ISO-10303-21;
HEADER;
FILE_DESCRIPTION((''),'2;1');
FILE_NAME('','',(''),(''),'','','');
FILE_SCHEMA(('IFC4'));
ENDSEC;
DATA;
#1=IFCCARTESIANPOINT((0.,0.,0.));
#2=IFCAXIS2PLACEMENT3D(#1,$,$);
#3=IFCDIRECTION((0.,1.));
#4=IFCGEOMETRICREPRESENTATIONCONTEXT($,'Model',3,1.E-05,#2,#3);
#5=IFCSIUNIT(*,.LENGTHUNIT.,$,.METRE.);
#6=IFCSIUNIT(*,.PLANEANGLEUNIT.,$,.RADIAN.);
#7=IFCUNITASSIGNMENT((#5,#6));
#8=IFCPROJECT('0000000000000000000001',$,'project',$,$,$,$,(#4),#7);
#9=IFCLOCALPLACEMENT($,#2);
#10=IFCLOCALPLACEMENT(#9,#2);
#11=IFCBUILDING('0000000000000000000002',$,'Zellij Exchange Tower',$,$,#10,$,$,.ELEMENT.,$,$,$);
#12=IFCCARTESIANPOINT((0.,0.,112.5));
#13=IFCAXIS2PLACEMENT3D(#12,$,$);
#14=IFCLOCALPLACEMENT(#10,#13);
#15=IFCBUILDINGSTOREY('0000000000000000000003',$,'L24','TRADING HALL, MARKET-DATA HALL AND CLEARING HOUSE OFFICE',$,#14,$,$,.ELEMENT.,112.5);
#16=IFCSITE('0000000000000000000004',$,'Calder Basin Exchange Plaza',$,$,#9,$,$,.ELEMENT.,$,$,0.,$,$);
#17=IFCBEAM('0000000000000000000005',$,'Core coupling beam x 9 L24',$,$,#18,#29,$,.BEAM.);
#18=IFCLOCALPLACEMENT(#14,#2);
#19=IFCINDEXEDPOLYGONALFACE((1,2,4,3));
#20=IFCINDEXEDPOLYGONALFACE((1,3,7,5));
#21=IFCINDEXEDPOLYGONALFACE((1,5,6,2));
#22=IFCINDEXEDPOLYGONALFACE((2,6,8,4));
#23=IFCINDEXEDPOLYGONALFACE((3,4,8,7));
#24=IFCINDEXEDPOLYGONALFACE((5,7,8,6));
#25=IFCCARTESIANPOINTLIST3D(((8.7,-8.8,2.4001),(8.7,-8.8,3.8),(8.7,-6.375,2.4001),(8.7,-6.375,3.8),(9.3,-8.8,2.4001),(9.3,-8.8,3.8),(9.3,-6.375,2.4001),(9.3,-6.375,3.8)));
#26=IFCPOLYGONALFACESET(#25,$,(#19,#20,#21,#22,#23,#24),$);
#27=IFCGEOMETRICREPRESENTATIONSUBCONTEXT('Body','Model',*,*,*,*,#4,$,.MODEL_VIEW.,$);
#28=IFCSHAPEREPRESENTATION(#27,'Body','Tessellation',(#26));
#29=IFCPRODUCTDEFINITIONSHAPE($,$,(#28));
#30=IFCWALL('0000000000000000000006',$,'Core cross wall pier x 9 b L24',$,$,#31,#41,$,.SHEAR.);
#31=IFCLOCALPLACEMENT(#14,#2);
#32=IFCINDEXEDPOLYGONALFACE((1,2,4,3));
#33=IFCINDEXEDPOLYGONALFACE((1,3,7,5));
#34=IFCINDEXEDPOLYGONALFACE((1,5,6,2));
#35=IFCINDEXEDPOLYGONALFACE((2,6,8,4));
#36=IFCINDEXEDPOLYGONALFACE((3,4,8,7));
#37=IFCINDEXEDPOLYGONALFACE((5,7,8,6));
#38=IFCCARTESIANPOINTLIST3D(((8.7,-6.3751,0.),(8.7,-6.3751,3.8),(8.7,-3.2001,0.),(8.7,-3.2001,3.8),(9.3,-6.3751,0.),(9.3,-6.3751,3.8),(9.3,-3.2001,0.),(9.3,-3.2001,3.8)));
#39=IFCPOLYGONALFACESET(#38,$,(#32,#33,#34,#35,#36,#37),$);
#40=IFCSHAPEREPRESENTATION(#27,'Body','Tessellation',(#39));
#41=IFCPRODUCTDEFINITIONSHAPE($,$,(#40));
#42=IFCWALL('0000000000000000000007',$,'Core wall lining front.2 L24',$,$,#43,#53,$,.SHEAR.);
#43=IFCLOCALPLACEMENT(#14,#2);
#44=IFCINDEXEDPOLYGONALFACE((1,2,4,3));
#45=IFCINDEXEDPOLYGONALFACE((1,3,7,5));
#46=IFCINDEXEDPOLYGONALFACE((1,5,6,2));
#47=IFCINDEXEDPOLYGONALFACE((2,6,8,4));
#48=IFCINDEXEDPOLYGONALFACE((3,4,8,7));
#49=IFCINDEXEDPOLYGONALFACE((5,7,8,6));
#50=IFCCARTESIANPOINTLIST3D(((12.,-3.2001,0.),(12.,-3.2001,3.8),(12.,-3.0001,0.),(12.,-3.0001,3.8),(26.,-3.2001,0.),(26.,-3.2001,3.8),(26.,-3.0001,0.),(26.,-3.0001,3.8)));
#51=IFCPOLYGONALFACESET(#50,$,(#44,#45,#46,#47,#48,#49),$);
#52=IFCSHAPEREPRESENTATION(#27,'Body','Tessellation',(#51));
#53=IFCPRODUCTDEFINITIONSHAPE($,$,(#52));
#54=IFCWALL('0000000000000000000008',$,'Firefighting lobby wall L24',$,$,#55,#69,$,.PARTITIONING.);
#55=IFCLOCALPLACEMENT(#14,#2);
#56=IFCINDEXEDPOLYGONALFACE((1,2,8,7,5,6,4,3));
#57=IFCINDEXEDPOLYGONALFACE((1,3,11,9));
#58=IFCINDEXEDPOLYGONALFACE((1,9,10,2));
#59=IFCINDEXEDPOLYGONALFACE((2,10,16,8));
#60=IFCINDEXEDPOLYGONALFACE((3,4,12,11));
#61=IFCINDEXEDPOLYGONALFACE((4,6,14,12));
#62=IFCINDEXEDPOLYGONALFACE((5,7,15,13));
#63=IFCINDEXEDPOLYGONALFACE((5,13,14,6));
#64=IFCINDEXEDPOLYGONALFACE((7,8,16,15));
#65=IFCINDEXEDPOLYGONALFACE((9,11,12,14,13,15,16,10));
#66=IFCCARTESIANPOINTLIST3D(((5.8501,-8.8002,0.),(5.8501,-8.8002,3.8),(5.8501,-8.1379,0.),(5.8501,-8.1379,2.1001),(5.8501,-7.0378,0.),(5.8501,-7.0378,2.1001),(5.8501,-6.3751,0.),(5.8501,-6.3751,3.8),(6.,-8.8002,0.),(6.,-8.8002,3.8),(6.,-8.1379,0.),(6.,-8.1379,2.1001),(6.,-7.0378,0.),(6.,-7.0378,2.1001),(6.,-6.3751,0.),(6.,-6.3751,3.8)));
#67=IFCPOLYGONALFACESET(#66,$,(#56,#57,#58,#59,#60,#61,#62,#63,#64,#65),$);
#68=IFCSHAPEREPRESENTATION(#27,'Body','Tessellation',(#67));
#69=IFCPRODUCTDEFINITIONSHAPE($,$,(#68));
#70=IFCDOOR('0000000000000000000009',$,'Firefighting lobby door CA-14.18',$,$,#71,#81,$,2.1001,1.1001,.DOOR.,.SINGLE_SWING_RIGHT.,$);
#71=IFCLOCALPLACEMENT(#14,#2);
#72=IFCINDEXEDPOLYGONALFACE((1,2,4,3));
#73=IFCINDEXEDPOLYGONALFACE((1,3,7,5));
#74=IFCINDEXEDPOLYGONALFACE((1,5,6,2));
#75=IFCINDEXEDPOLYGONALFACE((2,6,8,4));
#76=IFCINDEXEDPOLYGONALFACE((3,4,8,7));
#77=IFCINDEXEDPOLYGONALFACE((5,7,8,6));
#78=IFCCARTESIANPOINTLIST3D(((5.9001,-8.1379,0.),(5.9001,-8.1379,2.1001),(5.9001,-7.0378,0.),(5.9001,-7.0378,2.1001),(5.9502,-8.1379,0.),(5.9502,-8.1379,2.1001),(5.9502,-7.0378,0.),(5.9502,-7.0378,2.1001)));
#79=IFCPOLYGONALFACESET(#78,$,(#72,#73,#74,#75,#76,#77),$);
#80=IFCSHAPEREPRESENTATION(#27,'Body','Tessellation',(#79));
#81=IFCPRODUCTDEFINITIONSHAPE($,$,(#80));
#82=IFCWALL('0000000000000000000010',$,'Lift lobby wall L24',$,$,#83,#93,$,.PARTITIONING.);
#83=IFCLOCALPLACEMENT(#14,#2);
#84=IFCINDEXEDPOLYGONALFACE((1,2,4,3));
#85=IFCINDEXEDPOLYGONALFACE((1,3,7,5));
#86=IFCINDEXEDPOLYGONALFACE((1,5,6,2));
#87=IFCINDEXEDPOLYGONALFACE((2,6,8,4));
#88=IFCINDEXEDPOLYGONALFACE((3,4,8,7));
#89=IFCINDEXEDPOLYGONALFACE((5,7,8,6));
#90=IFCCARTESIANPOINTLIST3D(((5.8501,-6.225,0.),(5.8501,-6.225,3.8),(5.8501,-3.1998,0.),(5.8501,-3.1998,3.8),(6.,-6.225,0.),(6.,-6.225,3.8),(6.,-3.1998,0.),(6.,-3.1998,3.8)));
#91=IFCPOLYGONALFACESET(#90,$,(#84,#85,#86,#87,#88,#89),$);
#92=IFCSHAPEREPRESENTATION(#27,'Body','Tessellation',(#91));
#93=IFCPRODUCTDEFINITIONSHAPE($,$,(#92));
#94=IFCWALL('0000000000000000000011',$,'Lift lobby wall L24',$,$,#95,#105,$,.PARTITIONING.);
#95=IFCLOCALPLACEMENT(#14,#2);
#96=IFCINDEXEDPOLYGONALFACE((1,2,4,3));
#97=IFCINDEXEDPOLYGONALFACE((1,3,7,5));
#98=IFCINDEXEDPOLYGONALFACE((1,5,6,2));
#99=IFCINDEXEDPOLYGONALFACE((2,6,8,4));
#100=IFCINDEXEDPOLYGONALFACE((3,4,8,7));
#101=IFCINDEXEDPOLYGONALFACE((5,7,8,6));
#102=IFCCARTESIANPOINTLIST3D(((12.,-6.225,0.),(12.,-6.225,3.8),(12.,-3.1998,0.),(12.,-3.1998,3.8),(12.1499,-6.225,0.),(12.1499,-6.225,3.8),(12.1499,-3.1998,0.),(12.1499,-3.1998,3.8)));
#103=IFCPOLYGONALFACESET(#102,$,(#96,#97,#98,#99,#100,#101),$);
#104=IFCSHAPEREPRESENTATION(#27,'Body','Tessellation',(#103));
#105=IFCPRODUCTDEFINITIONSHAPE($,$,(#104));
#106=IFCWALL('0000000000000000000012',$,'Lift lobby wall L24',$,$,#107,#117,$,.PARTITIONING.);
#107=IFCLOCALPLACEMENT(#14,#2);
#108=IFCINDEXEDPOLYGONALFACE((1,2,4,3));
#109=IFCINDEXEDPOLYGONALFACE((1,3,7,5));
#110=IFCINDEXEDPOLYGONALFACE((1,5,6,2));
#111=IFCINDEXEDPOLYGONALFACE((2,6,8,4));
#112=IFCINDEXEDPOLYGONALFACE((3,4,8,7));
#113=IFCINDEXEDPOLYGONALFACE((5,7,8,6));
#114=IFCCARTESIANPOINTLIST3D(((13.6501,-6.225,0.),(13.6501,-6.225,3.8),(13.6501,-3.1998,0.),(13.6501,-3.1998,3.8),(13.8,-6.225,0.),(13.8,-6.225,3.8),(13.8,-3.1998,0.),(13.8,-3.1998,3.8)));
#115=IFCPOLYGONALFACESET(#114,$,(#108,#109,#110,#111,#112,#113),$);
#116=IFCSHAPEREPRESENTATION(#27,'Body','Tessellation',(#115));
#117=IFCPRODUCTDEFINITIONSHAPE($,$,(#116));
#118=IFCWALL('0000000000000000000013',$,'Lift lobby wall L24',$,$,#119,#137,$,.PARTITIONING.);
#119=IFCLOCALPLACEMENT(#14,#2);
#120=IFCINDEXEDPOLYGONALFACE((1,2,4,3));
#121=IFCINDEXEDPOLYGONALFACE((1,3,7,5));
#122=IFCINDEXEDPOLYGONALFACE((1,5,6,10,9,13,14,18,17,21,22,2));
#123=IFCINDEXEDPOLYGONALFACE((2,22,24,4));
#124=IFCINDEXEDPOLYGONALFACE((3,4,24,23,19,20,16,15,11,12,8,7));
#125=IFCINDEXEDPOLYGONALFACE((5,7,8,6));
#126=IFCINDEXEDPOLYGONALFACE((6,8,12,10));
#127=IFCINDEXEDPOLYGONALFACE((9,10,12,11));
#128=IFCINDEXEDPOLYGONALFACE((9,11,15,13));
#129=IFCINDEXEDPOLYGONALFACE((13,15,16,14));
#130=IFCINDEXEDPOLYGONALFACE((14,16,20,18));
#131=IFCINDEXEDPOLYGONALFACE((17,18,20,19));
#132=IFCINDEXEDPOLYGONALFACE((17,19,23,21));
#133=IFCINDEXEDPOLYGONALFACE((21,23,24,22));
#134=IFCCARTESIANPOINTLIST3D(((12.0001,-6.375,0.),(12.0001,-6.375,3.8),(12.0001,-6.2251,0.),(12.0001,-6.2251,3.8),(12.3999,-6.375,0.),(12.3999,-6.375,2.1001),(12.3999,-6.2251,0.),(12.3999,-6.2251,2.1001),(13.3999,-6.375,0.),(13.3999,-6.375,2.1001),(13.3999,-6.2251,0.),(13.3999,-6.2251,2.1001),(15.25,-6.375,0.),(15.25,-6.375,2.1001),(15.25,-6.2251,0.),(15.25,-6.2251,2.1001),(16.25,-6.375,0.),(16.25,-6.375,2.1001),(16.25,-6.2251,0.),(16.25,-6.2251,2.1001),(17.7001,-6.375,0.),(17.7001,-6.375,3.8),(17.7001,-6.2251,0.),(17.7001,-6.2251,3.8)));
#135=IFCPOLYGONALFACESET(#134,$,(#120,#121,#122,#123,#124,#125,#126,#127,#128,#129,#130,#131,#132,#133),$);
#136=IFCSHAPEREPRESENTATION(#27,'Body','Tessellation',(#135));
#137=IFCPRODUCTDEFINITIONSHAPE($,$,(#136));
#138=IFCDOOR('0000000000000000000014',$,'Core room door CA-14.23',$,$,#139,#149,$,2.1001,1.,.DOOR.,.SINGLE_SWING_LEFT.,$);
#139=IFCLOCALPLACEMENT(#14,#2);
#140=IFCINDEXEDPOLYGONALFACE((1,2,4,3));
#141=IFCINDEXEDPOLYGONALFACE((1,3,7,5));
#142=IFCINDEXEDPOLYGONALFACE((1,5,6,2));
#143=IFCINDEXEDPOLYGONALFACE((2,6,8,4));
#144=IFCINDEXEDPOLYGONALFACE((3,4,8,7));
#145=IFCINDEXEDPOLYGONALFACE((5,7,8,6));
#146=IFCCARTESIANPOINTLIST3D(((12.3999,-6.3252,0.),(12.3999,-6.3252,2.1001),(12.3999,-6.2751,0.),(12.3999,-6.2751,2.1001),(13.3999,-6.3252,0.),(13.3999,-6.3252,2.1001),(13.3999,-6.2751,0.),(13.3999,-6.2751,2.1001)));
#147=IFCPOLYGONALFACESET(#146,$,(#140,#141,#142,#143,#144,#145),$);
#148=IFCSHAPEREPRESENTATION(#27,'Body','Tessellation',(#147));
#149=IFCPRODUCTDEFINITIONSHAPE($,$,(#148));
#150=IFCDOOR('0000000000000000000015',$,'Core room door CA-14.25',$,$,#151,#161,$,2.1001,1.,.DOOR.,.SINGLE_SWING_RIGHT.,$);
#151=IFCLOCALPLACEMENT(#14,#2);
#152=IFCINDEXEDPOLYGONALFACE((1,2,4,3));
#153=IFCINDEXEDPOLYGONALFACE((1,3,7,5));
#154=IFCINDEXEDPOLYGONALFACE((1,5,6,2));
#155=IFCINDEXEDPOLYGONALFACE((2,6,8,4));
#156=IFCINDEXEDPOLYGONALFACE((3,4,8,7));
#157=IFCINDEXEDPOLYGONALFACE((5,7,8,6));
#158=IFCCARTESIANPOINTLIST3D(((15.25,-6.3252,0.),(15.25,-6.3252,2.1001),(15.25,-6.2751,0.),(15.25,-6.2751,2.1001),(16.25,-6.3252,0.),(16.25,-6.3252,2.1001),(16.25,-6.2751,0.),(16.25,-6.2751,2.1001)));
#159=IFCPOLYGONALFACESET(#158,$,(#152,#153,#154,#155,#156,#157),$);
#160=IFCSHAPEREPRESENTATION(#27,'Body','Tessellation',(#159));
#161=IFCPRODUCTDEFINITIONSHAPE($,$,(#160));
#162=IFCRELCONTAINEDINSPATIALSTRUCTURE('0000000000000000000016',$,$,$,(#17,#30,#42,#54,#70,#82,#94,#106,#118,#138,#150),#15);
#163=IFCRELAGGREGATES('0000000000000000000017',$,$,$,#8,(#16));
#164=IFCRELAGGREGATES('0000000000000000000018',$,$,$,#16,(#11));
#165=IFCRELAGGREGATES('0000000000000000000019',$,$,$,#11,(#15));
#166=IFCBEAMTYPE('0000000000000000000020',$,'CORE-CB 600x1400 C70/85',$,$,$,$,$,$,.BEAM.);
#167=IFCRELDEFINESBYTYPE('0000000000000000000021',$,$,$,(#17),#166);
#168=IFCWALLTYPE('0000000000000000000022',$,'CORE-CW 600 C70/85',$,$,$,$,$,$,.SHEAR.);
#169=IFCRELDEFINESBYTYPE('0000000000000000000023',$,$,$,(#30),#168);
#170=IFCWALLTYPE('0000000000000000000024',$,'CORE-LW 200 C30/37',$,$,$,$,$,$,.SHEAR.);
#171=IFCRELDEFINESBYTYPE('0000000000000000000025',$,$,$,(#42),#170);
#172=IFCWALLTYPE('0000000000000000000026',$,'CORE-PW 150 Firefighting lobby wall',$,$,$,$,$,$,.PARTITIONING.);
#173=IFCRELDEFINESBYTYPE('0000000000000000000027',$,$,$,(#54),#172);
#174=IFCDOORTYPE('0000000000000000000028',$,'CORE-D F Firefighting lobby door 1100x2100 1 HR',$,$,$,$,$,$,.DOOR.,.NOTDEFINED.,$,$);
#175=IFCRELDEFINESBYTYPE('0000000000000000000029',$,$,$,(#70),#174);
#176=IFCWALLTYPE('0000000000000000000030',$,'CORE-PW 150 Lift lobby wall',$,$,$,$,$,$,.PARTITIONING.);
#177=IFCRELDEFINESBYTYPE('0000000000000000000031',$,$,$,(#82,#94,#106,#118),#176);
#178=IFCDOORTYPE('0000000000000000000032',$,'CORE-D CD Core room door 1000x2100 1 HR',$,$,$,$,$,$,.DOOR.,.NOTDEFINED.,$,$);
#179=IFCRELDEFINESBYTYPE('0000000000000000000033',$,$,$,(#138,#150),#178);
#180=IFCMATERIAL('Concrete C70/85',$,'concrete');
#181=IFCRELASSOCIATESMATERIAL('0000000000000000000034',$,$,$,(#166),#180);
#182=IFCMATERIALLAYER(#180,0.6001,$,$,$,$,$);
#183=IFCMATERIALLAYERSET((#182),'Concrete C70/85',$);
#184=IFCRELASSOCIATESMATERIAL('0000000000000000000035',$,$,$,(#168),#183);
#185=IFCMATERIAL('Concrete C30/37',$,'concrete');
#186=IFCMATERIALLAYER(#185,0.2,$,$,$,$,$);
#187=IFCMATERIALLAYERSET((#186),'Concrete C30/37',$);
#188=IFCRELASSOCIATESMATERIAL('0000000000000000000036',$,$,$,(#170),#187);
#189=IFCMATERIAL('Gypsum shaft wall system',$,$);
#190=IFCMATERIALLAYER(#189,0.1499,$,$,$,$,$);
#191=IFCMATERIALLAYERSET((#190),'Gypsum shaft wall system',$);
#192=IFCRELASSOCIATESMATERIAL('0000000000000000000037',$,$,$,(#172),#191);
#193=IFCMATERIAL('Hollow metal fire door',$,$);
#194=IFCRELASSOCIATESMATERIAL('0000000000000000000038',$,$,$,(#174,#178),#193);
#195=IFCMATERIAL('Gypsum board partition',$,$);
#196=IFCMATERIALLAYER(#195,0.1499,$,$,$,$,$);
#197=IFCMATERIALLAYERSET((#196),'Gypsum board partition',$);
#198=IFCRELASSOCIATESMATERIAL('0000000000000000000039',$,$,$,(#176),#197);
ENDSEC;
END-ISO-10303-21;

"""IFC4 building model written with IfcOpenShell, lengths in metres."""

from ifc_helpers import new_model, si_unit, direction, frame, frame_2d, origin, origin_2d, place, context, subcontext, project, spatial, rectangle, extrude, material, layer, layer_set, material_profile, profile_set, type_object, element, fill, save


model = new_model("IFC4")

# Units and contexts
model_context = context("Model", 3, precision=1e-05, world=origin(), true_north=direction((0.0, 1.0)))
body_context = subcontext(model_context, "Body", "Model", "MODEL_VIEW")
ifc_project = project(units=[si_unit("LENGTHUNIT", "METRE"), si_unit("PLANEANGLEUNIT", "RADIAN")], contexts=[model_context])

# Site, building, storey
site_placement = place(None, origin())
site = spatial("IfcSite", under=ifc_project, at=site_placement, Name="Calder Basin Exchange Plaza", CompositionType="ELEMENT", RefElevation=0.0)
building_placement = place(site_placement, origin())
building = spatial("IfcBuilding", under=site, at=building_placement, Name="Zellij Exchange Tower", CompositionType="ELEMENT")
storey_placement = place(building_placement, frame((0.0, 0.0, 112.5)))
storey = spatial("IfcBuildingStorey", under=building, at=storey_placement, Name="L24", Description="TRADING HALL, MARKET-DATA HALL AND CLEARING HOUSE OFFICE", CompositionType="ELEMENT", Elevation=112.5)

# Beam
ifc_material_1 = material(Name="Concrete C70/85", Category="concrete")
ifc_material_profile = material_profile(ifc_material_1, rectangle(XDim=0.6001, YDim=1.3999, at=origin_2d()), Name="CORE-CB 600x1400 C70/85")
ifc_profile_set = profile_set([ifc_material_profile], Name="Concrete C70/85")
beam_type = type_object("IfcBeamType", Name="CORE-CB 600x1400 C70/85", PredefinedType="BEAM", material=ifc_profile_set)
beam_placement = place(storey_placement, frame((9.0, -8.8, 3.1001), z_axis=(0.0, 1.0, 0.0), x_axis=(-1.0, 0.0, 0.0)))
element("IfcBeam", 1, at=beam_placement, inside=storey, type_object=beam_type, Name="Core coupling beam x 9 L24", PredefinedType="BEAM", context=body_context, shape_type="SweptSolid", body=[
    extrude(rectangle(XDim=0.6001, YDim=1.3999, at=origin_2d()), origin(), (0.0, 0.0, 1.0), 2.425),
])

# Walls
ifc_layer_1 = layer(ifc_material_1, 0.6001)
ifc_layer_set_1 = layer_set([ifc_layer_1], Name="Concrete C70/85")
wall_type_1 = type_object("IfcWallType", Name="CORE-CW 600 C70/85", PredefinedType="SHEAR", material=ifc_layer_set_1)
wall_1_placement = place(storey_placement, frame((9.0, -6.375, 0.0), z_axis=(0.0, 0.0, 1.0), x_axis=(0.0, 1.0, 0.0)))
element("IfcWall", 2, at=wall_1_placement, inside=storey, type_object=wall_type_1, Name="Core cross wall pier x 9 b L24", PredefinedType="SHEAR", context=body_context, shape_type="SweptSolid", body=[
    extrude(rectangle(XDim=3.175, YDim=0.6001, at=frame_2d((1.5874, 0.0))), origin(), (0.0, 0.0, 1.0), 3.8),
])
ifc_material_2 = material(Name="Concrete C30/37", Category="concrete")
ifc_layer_2 = layer(ifc_material_2, 0.2)
ifc_layer_set_2 = layer_set([ifc_layer_2], Name="Concrete C30/37")
wall_type_2 = type_object("IfcWallType", Name="CORE-LW 200 C30/37", PredefinedType="SHEAR", material=ifc_layer_set_2)
wall_2_placement = place(storey_placement, frame((12.0, -3.1001, 0.0), z_axis=(0.0, 0.0, 1.0), x_axis=(1.0, 0.0, 0.0)))
element("IfcWall", 3, at=wall_2_placement, inside=storey, type_object=wall_type_2, Name="Core wall lining front.2 L24", PredefinedType="SHEAR", context=body_context, shape_type="SweptSolid", body=[
    extrude(rectangle(XDim=14.0, YDim=0.2, at=frame_2d((7.0, 0.0))), origin(), (0.0, 0.0, 1.0), 3.8),
])

# Wall, opening, door
ifc_material_3 = material(Name="Gypsum shaft wall system")
ifc_layer_3 = layer(ifc_material_3, 0.1499)
ifc_layer_set_3 = layer_set([ifc_layer_3], Name="Gypsum shaft wall system")
wall_type_3 = type_object("IfcWallType", Name="CORE-PW 150 Firefighting lobby wall", PredefinedType="PARTITIONING", material=ifc_layer_set_3)
wall_3_placement = place(storey_placement, frame((5.925, -8.8, 0.0), z_axis=(0.0, 0.0, 1.0), x_axis=(0.0, 1.0, 0.0)))
wall_3 = element("IfcWall", 4, at=wall_3_placement, inside=storey, type_object=wall_type_3, Name="Firefighting lobby wall L24", PredefinedType="PARTITIONING", context=body_context, shape_type="SweptSolid", body=[
    extrude(rectangle(XDim=2.425, YDim=0.1499, at=frame_2d((1.2124, 0.0))), origin(), (0.0, 0.0, 1.0), 3.8),
])
opening_1_placement = place(wall_3_placement, frame((0.6621, 0.0, 0.0)))
opening_1 = element("IfcOpeningElement", 5, at=opening_1_placement, cuts=wall_3, PredefinedType="OPENING", context=body_context, shape_type="SweptSolid", body=[
    extrude(rectangle(XDim=1.1001, YDim=2.1001, at=frame_2d((0.55, 1.05))), frame((0.0, 0.0869, 0.0), z_axis=(0.0, -1.0, 0.0), x_axis=(1.0, 0.0, 0.0)), (0.0, 0.0, 1.0), 0.1738),
])
ifc_material_4 = material(Name="Hollow metal fire door")
door_type_1 = type_object("IfcDoorType", Name="CORE-D F Firefighting lobby door 1100x2100 1 HR", OperationType="NOTDEFINED", PredefinedType="DOOR", material=ifc_material_4)
door_1_placement = place(opening_1_placement, origin())
door_1 = element("IfcDoor", 6, at=door_1_placement, inside=storey, type_object=door_type_1, Name="Firefighting lobby door CA-14.18", OperationType="SINGLE_SWING_RIGHT", OverallHeight=2.1001, OverallWidth=1.1001, PredefinedType="DOOR", context=body_context, shape_type="SweptSolid", body=[
    extrude(rectangle(XDim=1.1001, YDim=2.1001, at=frame_2d((0.55, 1.05))), frame((0.0, 0.0249, 0.0), z_axis=(0.0, -1.0, 0.0), x_axis=(1.0, 0.0, 0.0)), (0.0, 0.0, 1.0), 0.05),
])
fill(opening_1, door_1)

# Walls
ifc_material_5 = material(Name="Gypsum board partition")
ifc_layer_4 = layer(ifc_material_5, 0.1499)
ifc_layer_set_4 = layer_set([ifc_layer_4], Name="Gypsum board partition")
wall_type_4 = type_object("IfcWallType", Name="CORE-PW 150 Lift lobby wall", PredefinedType="PARTITIONING", material=ifc_layer_set_4)
for number, where, z_axis, x_axis, name in (
    (7, (5.925, -6.2251, 0.0), (0.0, 0.0, 1.0), (0.0, 1.0, 0.0), "Lift lobby wall L24"),
    (8, (12.075, -6.2251, 0.0), (0.0, 0.0, 1.0), (0.0, 1.0, 0.0), "Lift lobby wall L24"),
    (9, (13.7251, -6.2251, 0.0), (0.0, 0.0, 1.0), (0.0, 1.0, 0.0), "Lift lobby wall L24"),
):
    element("IfcWall", number, at=place(storey_placement, frame(where, z_axis=z_axis, x_axis=x_axis)), inside=storey, type_object=wall_type_4, Name=name, PredefinedType="PARTITIONING", context=body_context, shape_type="SweptSolid", body=[
        extrude(rectangle(XDim=3.0251, YDim=0.1499, at=frame_2d((1.5127, 0.0))), origin(), (0.0, 0.0, 1.0), 3.8),
    ])

# Wall, openings, doors
wall_4_placement = place(storey_placement, frame((12.0, -6.3, 0.0), z_axis=(0.0, 0.0, 1.0), x_axis=(1.0, 0.0, 0.0)))
wall_4 = element("IfcWall", 10, at=wall_4_placement, inside=storey, type_object=wall_type_4, Name="Lift lobby wall L24", PredefinedType="PARTITIONING", context=body_context, shape_type="SweptSolid", body=[
    extrude(rectangle(XDim=5.7, YDim=0.1499, at=frame_2d((2.8501, 0.0))), origin(), (0.0, 0.0, 1.0), 3.8),
])
opening_2_placement = place(wall_4_placement, frame((0.3999, 0.0, 0.0)))
opening_2 = element("IfcOpeningElement", 11, at=opening_2_placement, cuts=wall_4, PredefinedType="OPENING", context=body_context, shape_type="SweptSolid", body=[
    extrude(rectangle(XDim=1.0, YDim=2.1001, at=frame_2d((0.5, 1.05))), frame((0.0, 0.0869, 0.0), z_axis=(0.0, -1.0, 0.0), x_axis=(1.0, 0.0, 0.0)), (0.0, 0.0, 1.0), 0.1738),
])
opening_3_placement = place(wall_4_placement, frame((3.25, 0.0, 0.0)))
opening_3 = element("IfcOpeningElement", 12, at=opening_3_placement, cuts=wall_4, PredefinedType="OPENING", context=body_context, shape_type="SweptSolid", body=[
    extrude(rectangle(XDim=1.0, YDim=2.1001, at=frame_2d((0.5, 1.05))), frame((0.0, 0.0869, 0.0), z_axis=(0.0, -1.0, 0.0), x_axis=(1.0, 0.0, 0.0)), (0.0, 0.0, 1.0), 0.1738),
])
door_type_2 = type_object("IfcDoorType", Name="CORE-D CD Core room door 1000x2100 1 HR", OperationType="NOTDEFINED", PredefinedType="DOOR", material=ifc_material_4)
door_2_placement = place(opening_2_placement, origin())
door_2 = element("IfcDoor", 13, at=door_2_placement, inside=storey, type_object=door_type_2, Name="Core room door CA-14.23", OperationType="SINGLE_SWING_LEFT", OverallHeight=2.1001, OverallWidth=1.0, PredefinedType="DOOR", context=body_context, shape_type="SweptSolid", body=[
    extrude(rectangle(XDim=1.0, YDim=2.1001, at=frame_2d((0.5, 1.05))), frame((0.0, 0.0249, 0.0), z_axis=(0.0, -1.0, 0.0), x_axis=(1.0, 0.0, 0.0)), (0.0, 0.0, 1.0), 0.05),
])
fill(opening_2, door_2)
door_3_placement = place(opening_3_placement, origin())
door_3 = element("IfcDoor", 14, at=door_3_placement, inside=storey, type_object=door_type_2, Name="Core room door CA-14.25", OperationType="SINGLE_SWING_RIGHT", OverallHeight=2.1001, OverallWidth=1.0, PredefinedType="DOOR", context=body_context, shape_type="SweptSolid", body=[
    extrude(rectangle(XDim=1.0, YDim=2.1001, at=frame_2d((0.5, 1.05))), frame((0.0, 0.0249, 0.0), z_axis=(0.0, -1.0, 0.0), x_axis=(1.0, 0.0, 0.0)), (0.0, 0.0, 1.0), 0.05),
])
fill(opening_3, door_3)

save(model, "model.ifc")
